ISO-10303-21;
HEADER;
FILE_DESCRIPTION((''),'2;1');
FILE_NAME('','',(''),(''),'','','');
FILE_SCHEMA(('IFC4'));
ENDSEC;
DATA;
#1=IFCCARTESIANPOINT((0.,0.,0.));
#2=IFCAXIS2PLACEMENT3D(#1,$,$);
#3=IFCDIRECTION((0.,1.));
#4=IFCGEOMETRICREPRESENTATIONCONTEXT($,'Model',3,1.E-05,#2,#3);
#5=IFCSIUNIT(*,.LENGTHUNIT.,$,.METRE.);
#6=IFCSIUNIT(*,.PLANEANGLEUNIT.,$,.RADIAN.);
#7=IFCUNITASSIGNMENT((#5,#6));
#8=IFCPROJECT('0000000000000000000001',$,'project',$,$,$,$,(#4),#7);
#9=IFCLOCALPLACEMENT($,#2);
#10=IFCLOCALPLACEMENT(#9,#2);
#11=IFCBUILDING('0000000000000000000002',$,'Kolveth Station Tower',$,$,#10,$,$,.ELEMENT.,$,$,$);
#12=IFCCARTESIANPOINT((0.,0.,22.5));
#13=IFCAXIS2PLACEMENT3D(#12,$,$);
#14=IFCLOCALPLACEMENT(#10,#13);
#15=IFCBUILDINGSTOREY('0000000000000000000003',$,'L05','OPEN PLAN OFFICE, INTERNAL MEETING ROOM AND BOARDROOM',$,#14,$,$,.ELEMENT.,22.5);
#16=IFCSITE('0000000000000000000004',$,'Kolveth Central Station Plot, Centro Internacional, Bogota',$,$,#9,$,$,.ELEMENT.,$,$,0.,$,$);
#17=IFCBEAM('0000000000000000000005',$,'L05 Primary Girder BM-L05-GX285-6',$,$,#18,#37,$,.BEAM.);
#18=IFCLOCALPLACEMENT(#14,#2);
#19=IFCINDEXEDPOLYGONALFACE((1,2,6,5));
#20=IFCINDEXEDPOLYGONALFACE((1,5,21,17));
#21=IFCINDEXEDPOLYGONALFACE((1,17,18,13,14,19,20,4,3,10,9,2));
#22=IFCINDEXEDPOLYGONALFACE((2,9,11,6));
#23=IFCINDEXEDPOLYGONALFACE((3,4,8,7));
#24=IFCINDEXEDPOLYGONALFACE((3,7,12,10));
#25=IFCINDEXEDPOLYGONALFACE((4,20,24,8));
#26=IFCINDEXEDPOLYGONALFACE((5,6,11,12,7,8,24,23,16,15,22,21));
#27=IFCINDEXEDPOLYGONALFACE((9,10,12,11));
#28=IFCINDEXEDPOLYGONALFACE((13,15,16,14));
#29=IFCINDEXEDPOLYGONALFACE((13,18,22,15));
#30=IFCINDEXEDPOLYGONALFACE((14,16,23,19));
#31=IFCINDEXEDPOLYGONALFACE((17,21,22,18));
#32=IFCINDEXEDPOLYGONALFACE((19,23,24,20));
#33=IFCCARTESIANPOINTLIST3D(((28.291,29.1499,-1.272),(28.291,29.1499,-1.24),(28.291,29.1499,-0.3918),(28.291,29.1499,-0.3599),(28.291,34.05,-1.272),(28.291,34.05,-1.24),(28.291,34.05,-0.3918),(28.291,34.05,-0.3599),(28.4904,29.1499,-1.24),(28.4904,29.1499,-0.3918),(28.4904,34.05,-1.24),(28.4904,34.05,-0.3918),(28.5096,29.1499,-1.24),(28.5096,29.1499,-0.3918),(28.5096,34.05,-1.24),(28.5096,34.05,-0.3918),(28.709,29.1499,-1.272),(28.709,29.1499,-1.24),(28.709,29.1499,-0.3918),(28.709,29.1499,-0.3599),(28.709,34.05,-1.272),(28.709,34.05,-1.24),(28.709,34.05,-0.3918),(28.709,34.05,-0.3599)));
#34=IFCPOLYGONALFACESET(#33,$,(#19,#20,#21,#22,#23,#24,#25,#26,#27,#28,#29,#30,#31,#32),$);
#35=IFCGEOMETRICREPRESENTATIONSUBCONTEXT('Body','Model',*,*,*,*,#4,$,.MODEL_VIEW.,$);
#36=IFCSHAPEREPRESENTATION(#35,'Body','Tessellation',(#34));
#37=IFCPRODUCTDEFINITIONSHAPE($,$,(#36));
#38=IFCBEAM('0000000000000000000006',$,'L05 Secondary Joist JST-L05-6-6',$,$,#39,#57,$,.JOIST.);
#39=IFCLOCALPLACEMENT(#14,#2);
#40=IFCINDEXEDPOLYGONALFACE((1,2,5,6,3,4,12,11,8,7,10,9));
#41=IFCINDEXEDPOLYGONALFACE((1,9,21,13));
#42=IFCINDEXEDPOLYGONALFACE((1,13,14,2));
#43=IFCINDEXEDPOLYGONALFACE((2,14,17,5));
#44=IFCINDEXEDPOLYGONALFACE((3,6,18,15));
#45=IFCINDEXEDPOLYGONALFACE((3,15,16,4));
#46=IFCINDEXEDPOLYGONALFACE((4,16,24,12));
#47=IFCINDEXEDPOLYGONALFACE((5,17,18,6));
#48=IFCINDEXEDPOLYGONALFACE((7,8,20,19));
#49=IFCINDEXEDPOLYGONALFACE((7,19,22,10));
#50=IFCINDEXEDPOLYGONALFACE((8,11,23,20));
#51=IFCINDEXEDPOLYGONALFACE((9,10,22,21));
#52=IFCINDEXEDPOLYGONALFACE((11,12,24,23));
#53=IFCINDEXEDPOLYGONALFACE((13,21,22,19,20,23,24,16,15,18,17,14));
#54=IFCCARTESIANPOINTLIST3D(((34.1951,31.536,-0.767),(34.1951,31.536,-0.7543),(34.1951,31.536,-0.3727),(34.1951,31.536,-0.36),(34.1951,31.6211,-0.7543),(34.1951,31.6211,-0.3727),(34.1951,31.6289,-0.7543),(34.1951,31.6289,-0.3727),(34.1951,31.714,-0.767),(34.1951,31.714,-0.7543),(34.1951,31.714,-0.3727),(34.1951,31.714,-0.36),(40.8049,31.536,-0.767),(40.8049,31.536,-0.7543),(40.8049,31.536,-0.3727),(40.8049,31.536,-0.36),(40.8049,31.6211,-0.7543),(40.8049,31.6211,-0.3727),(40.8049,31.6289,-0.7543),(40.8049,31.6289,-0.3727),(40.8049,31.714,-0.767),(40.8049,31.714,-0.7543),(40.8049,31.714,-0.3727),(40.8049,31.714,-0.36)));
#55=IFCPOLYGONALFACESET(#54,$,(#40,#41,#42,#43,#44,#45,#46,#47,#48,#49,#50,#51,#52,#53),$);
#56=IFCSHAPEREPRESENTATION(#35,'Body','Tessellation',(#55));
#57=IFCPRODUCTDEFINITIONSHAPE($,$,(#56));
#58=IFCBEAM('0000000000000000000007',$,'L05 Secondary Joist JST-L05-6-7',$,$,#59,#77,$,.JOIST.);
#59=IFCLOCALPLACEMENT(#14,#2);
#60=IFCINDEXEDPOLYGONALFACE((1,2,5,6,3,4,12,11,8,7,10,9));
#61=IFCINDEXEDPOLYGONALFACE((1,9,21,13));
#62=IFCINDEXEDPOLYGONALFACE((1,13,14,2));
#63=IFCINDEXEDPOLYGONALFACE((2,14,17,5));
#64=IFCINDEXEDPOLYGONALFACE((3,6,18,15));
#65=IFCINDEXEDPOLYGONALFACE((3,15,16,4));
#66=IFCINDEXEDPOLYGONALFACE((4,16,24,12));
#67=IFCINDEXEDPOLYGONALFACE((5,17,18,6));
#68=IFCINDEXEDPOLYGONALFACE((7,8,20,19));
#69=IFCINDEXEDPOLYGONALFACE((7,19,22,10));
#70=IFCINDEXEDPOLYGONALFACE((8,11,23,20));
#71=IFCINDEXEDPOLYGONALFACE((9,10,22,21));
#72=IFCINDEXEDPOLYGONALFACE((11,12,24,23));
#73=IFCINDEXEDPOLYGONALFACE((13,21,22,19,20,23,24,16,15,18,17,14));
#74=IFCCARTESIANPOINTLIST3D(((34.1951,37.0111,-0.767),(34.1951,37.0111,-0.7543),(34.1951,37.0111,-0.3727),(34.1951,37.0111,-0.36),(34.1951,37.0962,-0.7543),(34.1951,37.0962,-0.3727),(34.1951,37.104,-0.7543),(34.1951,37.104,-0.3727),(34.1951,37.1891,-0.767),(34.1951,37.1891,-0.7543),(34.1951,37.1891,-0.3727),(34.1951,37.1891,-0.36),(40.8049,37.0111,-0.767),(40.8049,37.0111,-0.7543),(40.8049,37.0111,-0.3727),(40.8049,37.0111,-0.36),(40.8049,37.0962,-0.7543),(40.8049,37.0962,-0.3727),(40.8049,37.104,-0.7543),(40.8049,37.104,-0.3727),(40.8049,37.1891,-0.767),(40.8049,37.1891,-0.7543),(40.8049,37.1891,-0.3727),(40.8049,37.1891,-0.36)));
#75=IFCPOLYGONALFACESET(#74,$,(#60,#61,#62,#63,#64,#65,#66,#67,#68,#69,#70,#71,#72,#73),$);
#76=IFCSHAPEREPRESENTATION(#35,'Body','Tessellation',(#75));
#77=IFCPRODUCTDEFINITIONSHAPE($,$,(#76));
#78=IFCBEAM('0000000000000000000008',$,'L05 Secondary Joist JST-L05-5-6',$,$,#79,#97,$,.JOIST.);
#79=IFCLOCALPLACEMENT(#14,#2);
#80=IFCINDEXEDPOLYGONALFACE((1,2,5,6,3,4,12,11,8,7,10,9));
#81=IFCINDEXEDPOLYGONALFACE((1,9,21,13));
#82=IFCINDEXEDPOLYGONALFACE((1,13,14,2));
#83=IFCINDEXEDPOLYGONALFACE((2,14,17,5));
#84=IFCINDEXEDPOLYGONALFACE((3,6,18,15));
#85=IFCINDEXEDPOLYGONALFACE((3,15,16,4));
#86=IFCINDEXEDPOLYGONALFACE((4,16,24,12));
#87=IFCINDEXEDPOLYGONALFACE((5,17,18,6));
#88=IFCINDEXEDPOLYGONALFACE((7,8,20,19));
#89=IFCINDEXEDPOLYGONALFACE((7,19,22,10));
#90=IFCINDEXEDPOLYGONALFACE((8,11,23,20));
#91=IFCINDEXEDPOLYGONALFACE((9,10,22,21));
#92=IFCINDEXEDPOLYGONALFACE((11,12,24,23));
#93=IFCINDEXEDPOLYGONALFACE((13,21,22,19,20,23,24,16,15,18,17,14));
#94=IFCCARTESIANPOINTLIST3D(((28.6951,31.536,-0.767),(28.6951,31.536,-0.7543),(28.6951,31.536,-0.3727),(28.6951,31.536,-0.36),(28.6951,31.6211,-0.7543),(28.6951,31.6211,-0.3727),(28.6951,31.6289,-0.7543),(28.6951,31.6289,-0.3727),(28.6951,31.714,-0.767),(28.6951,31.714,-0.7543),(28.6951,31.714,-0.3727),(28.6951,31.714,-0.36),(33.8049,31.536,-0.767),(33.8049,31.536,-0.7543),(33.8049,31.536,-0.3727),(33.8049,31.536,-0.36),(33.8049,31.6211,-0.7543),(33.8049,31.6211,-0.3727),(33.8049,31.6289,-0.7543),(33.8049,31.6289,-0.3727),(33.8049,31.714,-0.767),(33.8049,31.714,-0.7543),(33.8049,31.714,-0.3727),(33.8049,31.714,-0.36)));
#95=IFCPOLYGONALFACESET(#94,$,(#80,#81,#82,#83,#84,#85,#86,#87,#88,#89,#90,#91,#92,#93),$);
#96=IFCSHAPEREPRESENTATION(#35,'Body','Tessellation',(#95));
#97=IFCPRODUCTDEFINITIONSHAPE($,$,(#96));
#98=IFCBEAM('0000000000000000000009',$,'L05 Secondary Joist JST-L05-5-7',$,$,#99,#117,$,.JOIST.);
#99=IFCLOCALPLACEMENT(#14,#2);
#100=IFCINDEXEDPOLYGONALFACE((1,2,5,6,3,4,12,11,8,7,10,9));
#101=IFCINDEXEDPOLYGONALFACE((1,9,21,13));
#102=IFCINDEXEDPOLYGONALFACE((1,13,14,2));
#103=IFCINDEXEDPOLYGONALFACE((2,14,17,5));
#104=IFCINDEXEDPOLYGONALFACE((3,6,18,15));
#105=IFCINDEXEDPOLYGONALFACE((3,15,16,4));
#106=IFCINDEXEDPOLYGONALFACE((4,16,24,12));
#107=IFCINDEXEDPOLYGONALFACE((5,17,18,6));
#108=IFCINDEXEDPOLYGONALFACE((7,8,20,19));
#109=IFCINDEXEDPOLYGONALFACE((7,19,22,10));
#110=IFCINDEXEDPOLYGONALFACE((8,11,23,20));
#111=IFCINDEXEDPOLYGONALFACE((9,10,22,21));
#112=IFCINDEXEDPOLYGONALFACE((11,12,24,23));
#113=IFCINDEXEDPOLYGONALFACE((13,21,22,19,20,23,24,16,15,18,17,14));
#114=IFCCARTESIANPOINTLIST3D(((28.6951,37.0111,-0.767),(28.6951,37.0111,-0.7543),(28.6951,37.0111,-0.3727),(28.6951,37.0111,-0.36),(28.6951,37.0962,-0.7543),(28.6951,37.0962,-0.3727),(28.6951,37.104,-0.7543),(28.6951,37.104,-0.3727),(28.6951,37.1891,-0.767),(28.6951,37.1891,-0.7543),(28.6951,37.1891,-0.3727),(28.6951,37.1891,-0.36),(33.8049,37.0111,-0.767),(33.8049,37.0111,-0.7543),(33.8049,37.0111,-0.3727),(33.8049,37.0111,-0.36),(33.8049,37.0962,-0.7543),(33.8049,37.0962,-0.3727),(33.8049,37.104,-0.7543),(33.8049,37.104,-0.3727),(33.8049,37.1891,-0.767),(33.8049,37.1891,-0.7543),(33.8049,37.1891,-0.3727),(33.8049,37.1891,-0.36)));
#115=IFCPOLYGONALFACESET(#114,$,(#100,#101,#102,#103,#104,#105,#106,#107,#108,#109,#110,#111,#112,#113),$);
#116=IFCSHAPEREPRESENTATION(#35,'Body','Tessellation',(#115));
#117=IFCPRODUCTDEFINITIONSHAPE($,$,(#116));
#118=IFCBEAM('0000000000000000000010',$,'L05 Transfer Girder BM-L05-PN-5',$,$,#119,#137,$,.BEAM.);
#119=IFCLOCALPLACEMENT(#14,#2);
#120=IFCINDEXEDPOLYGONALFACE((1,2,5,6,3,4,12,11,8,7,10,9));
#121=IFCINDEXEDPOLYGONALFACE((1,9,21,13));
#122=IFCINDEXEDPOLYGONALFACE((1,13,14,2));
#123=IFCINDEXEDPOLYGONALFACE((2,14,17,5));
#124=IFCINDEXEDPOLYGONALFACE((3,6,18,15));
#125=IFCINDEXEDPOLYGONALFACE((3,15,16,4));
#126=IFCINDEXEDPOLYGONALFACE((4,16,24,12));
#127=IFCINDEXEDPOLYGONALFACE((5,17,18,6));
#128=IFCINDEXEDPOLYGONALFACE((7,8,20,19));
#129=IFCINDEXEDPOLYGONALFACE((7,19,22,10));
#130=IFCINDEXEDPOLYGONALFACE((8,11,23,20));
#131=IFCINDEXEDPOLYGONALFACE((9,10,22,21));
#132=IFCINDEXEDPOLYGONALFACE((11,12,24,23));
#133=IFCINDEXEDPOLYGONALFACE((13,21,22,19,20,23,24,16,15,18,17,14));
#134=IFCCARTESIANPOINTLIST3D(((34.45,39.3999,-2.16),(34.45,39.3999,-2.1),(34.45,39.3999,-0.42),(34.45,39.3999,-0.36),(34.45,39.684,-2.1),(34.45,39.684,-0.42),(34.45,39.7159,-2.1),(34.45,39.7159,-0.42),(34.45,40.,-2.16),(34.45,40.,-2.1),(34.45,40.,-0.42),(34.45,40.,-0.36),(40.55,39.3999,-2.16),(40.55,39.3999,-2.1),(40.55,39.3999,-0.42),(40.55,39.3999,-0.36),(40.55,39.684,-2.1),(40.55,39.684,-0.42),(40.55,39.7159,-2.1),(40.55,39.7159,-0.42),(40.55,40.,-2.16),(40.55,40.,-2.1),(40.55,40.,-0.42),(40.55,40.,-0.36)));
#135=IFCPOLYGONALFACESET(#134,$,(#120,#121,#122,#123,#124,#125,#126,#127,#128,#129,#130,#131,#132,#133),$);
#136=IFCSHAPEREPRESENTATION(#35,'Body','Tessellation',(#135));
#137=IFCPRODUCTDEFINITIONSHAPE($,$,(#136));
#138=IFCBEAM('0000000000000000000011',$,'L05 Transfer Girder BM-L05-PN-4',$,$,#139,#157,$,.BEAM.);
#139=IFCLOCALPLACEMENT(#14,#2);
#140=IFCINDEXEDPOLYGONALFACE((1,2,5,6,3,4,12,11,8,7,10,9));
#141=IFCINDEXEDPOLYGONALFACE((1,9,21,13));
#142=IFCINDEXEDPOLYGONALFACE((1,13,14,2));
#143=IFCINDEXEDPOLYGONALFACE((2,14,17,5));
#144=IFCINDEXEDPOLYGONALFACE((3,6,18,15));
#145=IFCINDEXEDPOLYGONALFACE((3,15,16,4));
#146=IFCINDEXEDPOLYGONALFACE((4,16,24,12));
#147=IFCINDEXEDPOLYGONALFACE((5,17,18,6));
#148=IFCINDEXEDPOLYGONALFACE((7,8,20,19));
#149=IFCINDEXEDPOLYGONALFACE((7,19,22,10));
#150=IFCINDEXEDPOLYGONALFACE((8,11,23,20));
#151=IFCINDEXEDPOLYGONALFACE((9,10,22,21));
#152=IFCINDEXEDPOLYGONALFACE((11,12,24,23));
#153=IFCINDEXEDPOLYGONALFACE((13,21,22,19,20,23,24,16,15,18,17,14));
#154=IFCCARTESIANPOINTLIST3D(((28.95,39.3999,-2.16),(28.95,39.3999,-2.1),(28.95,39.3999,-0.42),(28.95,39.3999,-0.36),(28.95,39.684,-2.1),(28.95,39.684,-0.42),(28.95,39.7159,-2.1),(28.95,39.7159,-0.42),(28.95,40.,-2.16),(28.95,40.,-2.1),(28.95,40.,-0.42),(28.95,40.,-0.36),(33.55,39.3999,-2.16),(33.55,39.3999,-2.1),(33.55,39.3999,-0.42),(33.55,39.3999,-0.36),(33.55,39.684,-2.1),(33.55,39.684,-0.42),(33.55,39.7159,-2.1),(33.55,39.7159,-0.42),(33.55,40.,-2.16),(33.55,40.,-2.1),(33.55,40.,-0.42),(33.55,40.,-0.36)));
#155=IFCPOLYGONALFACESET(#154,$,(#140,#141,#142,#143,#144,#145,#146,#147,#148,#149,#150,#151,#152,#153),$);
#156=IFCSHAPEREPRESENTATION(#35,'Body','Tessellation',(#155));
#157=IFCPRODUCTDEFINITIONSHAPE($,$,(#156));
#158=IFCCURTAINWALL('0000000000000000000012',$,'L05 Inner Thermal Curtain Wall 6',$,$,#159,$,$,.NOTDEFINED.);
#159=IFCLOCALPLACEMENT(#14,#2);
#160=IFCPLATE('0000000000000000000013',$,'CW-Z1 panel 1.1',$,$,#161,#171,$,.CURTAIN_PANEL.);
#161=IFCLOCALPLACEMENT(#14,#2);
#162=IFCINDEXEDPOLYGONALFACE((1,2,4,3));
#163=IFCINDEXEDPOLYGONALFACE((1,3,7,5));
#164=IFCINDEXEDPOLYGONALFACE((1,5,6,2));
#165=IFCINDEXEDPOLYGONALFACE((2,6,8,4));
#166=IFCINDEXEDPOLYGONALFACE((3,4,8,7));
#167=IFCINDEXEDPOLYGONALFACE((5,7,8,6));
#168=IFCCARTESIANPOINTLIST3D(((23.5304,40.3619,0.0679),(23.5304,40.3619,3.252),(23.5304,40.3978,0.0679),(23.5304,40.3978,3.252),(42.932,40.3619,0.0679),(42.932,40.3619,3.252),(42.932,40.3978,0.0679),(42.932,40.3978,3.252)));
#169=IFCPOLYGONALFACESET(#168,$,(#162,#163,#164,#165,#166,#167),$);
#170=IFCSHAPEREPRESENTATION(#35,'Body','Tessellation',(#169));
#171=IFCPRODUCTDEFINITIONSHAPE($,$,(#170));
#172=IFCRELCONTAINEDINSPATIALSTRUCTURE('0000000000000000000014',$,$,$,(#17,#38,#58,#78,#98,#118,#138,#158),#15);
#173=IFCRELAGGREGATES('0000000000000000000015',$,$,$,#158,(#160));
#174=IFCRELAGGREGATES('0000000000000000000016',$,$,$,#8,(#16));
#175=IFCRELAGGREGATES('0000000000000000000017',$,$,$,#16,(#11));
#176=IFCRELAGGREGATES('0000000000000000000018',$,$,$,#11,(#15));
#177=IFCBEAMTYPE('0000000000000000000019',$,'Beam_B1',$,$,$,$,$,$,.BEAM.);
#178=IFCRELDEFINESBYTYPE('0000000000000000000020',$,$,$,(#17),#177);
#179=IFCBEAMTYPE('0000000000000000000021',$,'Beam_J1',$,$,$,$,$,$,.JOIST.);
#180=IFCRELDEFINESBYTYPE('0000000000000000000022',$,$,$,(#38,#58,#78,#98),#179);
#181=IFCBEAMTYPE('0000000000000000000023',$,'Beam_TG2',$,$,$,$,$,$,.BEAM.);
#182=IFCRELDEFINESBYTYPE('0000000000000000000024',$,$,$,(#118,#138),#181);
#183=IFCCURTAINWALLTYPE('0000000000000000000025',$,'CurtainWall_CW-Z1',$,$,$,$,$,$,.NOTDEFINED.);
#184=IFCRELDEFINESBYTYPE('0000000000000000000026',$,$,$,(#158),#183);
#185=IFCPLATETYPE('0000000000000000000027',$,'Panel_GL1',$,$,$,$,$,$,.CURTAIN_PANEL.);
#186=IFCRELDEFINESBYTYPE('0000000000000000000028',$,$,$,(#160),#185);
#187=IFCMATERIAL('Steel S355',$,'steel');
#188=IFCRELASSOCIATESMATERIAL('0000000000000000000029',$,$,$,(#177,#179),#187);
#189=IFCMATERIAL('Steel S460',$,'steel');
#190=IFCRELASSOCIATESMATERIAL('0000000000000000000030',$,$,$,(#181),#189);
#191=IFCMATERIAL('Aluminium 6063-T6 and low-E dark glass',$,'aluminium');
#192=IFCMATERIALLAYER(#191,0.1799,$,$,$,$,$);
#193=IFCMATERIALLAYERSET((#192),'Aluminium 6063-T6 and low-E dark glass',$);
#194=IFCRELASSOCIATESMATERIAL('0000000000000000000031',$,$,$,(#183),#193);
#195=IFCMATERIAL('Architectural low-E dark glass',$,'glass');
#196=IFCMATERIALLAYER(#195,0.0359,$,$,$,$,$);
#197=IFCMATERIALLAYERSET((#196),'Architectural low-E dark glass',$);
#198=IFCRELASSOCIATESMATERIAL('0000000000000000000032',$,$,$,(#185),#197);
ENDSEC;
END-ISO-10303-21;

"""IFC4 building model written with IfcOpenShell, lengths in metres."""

from ifc_helpers import new_model, si_unit, direction, frame, origin, origin_2d, place, context, subcontext, project, spatial, rectangle, i_section, extrude, source, transform, mapped, material, layer, layer_set, material_profile, profile_set, type_object, element, aggregate, save


model = new_model("IFC4")

# Units and contexts
model_context = context("Model", 3, precision=1e-05, world=origin(), true_north=direction((0.0, 1.0)))
body_context = subcontext(model_context, "Body", "Model", "MODEL_VIEW")
ifc_project = project(units=[si_unit("LENGTHUNIT", "METRE"), si_unit("PLANEANGLEUNIT", "RADIAN")], contexts=[model_context])

# Site, building, storey
site_placement = place(None, origin())
site = spatial("IfcSite", under=ifc_project, at=site_placement, Name="Kolveth Central Station Plot, Centro Internacional, Bogota", CompositionType="ELEMENT", RefElevation=0.0)
building_placement = place(site_placement, origin())
building = spatial("IfcBuilding", under=site, at=building_placement, Name="Kolveth Station Tower", CompositionType="ELEMENT")
storey_placement = place(building_placement, frame((0.0, 0.0, 22.5)))
storey = spatial("IfcBuildingStorey", under=building, at=storey_placement, Name="L05", Description="OPEN PLAN OFFICE, INTERNAL MEETING ROOM AND BOARDROOM", CompositionType="ELEMENT", Elevation=22.5)

# Shared definitions
ifc_material_1 = material(Name="Steel S460", Category="steel")
ifc_material_2 = material(Name="Steel S355", Category="steel")

# Beams
ifc_material_profile_1 = material_profile(ifc_material_2, i_section(OverallWidth=0.418, OverallDepth=0.9121, WebThickness=0.0193, FlangeThickness=0.032, at=origin_2d()), Name="W920x342")
ifc_profile_set_1 = profile_set([ifc_material_profile_1], Name="Steel S355")
beam_type_1 = type_object("IfcBeamType", Name="Beam_B1", PredefinedType="BEAM", material=ifc_profile_set_1)
shared_shape_1 = source(origin(), body_context, "Body", "SweptSolid", [
    extrude(i_section(OverallWidth=0.418, OverallDepth=0.9121, WebThickness=0.0193, FlangeThickness=0.032, at=origin_2d()), origin(), (0.0, 0.0, 1.0), 4.9001),
])
beam_1_placement = place(storey_placement, frame((28.5, 29.1499, -0.8159), z_axis=(0.0, 1.0, 0.0), x_axis=(-1.0, 0.0, 0.0)))
element("IfcBeam", 1, at=beam_1_placement, inside=storey, type_object=beam_type_1, Name="L05 Primary Girder BM-L05-GX285-6", PredefinedType="BEAM", context=body_context, shape_type="MappedRepresentation", body=[
    mapped(shared_shape_1, transform((0.0, 0.0, 0.0), x_axis=(1.0, 0.0, 0.0), y_axis=(0.0, 1.0, 0.0), z_axis=(0.0, 0.0, 1.0), scale=1.0)),
])
ifc_material_profile_2 = material_profile(ifc_material_2, i_section(OverallWidth=0.178, OverallDepth=0.407, WebThickness=0.0078, FlangeThickness=0.0127, at=origin_2d()), Name="W410x60")
ifc_profile_set_2 = profile_set([ifc_material_profile_2], Name="Steel S355")
beam_type_2 = type_object("IfcBeamType", Name="Beam_J1", PredefinedType="JOIST", material=ifc_profile_set_2)
shared_shape_2 = source(origin(), body_context, "Body", "SweptSolid", [
    extrude(i_section(OverallWidth=0.178, OverallDepth=0.407, WebThickness=0.0078, FlangeThickness=0.0127, at=origin_2d()), origin(), (0.0, 0.0, 1.0), 6.6099),
])
for number, where, z_axis, x_axis, name in (
    (2, (34.1951, 31.625, -0.5635), (1.0, 0.0, 0.0), (0.0, 1.0, 0.0), "L05 Secondary Joist JST-L05-6-6"),
    (3, (34.1951, 37.1001, -0.5635), (1.0, 0.0, 0.0), (0.0, 1.0, 0.0), "L05 Secondary Joist JST-L05-6-7"),
):
    element("IfcBeam", number, at=place(storey_placement, frame(where, z_axis=z_axis, x_axis=x_axis)), inside=storey, type_object=beam_type_2, Name=name, PredefinedType="JOIST", context=body_context, shape_type="MappedRepresentation", body=[
        mapped(shared_shape_2, transform((0.0, 0.0, 0.0), x_axis=(1.0, 0.0, 0.0), y_axis=(0.0, 1.0, 0.0), z_axis=(0.0, 0.0, 1.0), scale=1.0)),
    ])
shared_shape_3 = source(origin(), body_context, "Body", "SweptSolid", [
    extrude(i_section(OverallWidth=0.178, OverallDepth=0.407, WebThickness=0.0078, FlangeThickness=0.0127, at=origin_2d()), origin(), (0.0, 0.0, 1.0), 5.1099),
])
for number, where, z_axis, x_axis, name in (
    (4, (28.6951, 31.625, -0.5635), (1.0, 0.0, 0.0), (0.0, 1.0, 0.0), "L05 Secondary Joist JST-L05-5-6"),
    (5, (28.6951, 37.1001, -0.5635), (1.0, 0.0, 0.0), (0.0, 1.0, 0.0), "L05 Secondary Joist JST-L05-5-7"),
):
    element("IfcBeam", number, at=place(storey_placement, frame(where, z_axis=z_axis, x_axis=x_axis)), inside=storey, type_object=beam_type_2, Name=name, PredefinedType="JOIST", context=body_context, shape_type="MappedRepresentation", body=[
        mapped(shared_shape_3, transform((0.0, 0.0, 0.0), x_axis=(1.0, 0.0, 0.0), y_axis=(0.0, 1.0, 0.0), z_axis=(0.0, 0.0, 1.0), scale=1.0)),
    ])
ifc_material_profile_3 = material_profile(ifc_material_1, i_section(OverallWidth=0.6001, OverallDepth=1.8, WebThickness=0.032, FlangeThickness=0.0601, at=origin_2d()), Name="PG1800x600x60")
ifc_profile_set_3 = profile_set([ifc_material_profile_3], Name="Steel S460")
beam_type_3 = type_object("IfcBeamType", Name="Beam_TG2", PredefinedType="BEAM", material=ifc_profile_set_3)
shared_shape_4 = source(origin(), body_context, "Body", "SweptSolid", [
    extrude(i_section(OverallWidth=0.6001, OverallDepth=1.8, WebThickness=0.032, FlangeThickness=0.0601, at=origin_2d()), origin(), (0.0, 0.0, 1.0), 6.1001),
])
beam_2_placement = place(storey_placement, frame((34.45, 39.7, -1.26), z_axis=(1.0, 0.0, 0.0), x_axis=(0.0, 1.0, 0.0)))
element("IfcBeam", 6, at=beam_2_placement, inside=storey, type_object=beam_type_3, Name="L05 Transfer Girder BM-L05-PN-5", PredefinedType="BEAM", context=body_context, shape_type="MappedRepresentation", body=[
    mapped(shared_shape_4, transform((0.0, 0.0, 0.0), x_axis=(1.0, 0.0, 0.0), y_axis=(0.0, 1.0, 0.0), z_axis=(0.0, 0.0, 1.0), scale=1.0)),
])
shared_shape_5 = source(origin(), body_context, "Body", "SweptSolid", [
    extrude(i_section(OverallWidth=0.6001, OverallDepth=1.8, WebThickness=0.032, FlangeThickness=0.0601, at=origin_2d()), origin(), (0.0, 0.0, 1.0), 4.6001),
])
beam_3_placement = place(storey_placement, frame((28.95, 39.7, -1.26), z_axis=(1.0, 0.0, 0.0), x_axis=(0.0, 1.0, 0.0)))
element("IfcBeam", 7, at=beam_3_placement, inside=storey, type_object=beam_type_3, Name="L05 Transfer Girder BM-L05-PN-4", PredefinedType="BEAM", context=body_context, shape_type="MappedRepresentation", body=[
    mapped(shared_shape_5, transform((0.0, 0.0, 0.0), x_axis=(1.0, 0.0, 0.0), y_axis=(0.0, 1.0, 0.0), z_axis=(0.0, 0.0, 1.0), scale=1.0)),
])

# Curtain wall, plate
ifc_material_3 = material(Name="Aluminium 6063-T6 and low-E dark glass", Category="aluminium")
ifc_layer_1 = layer(ifc_material_3, 0.1799)
ifc_layer_set_1 = layer_set([ifc_layer_1], Name="Aluminium 6063-T6 and low-E dark glass")
curtain_wall_type_1 = type_object("IfcCurtainWallType", Name="CurtainWall_CW-Z1", PredefinedType="NOTDEFINED", material=ifc_layer_set_1)
curtain_wall_1_placement = place(storey_placement, origin())
curtain_wall_1 = element("IfcCurtainWall", 8, at=curtain_wall_1_placement, inside=storey, type_object=curtain_wall_type_1, Name="L05 Inner Thermal Curtain Wall 6", PredefinedType="NOTDEFINED")
ifc_material_4 = material(Name="Architectural low-E dark glass", Category="glass")
ifc_layer_2 = layer(ifc_material_4, 0.0359)
ifc_layer_set_2 = layer_set([ifc_layer_2], Name="Architectural low-E dark glass")
plate_type_1 = type_object("IfcPlateType", Name="Panel_GL1", PredefinedType="CURTAIN_PANEL", material=ifc_layer_set_2)
shared_shape_6 = source(origin(), body_context, "Body", "SweptSolid", [
    extrude(rectangle(XDim=19.4016, YDim=0.0359, at=origin_2d()), origin(), (0.0, 0.0, 1.0), 3.1841),
])
plate_1_placement = place(storey_placement, frame((33.2312, 40.3799, 0.0679), z_axis=(0.0, 0.0, 1.0), x_axis=(-1.0, 0.0, 0.0)))
plate_1 = element("IfcPlate", 9, at=plate_1_placement, type_object=plate_type_1, Name="CW-Z1 panel 1.1", PredefinedType="CURTAIN_PANEL", context=body_context, shape_type="MappedRepresentation", body=[
    mapped(shared_shape_6, transform((0.0, 0.0, 0.0), x_axis=(1.0, 0.0, 0.0), y_axis=(0.0, 1.0, 0.0), z_axis=(0.0, 0.0, 1.0), scale=1.0)),
])
aggregate(curtain_wall_1, [plate_1])

save(model, "model.ifc")
